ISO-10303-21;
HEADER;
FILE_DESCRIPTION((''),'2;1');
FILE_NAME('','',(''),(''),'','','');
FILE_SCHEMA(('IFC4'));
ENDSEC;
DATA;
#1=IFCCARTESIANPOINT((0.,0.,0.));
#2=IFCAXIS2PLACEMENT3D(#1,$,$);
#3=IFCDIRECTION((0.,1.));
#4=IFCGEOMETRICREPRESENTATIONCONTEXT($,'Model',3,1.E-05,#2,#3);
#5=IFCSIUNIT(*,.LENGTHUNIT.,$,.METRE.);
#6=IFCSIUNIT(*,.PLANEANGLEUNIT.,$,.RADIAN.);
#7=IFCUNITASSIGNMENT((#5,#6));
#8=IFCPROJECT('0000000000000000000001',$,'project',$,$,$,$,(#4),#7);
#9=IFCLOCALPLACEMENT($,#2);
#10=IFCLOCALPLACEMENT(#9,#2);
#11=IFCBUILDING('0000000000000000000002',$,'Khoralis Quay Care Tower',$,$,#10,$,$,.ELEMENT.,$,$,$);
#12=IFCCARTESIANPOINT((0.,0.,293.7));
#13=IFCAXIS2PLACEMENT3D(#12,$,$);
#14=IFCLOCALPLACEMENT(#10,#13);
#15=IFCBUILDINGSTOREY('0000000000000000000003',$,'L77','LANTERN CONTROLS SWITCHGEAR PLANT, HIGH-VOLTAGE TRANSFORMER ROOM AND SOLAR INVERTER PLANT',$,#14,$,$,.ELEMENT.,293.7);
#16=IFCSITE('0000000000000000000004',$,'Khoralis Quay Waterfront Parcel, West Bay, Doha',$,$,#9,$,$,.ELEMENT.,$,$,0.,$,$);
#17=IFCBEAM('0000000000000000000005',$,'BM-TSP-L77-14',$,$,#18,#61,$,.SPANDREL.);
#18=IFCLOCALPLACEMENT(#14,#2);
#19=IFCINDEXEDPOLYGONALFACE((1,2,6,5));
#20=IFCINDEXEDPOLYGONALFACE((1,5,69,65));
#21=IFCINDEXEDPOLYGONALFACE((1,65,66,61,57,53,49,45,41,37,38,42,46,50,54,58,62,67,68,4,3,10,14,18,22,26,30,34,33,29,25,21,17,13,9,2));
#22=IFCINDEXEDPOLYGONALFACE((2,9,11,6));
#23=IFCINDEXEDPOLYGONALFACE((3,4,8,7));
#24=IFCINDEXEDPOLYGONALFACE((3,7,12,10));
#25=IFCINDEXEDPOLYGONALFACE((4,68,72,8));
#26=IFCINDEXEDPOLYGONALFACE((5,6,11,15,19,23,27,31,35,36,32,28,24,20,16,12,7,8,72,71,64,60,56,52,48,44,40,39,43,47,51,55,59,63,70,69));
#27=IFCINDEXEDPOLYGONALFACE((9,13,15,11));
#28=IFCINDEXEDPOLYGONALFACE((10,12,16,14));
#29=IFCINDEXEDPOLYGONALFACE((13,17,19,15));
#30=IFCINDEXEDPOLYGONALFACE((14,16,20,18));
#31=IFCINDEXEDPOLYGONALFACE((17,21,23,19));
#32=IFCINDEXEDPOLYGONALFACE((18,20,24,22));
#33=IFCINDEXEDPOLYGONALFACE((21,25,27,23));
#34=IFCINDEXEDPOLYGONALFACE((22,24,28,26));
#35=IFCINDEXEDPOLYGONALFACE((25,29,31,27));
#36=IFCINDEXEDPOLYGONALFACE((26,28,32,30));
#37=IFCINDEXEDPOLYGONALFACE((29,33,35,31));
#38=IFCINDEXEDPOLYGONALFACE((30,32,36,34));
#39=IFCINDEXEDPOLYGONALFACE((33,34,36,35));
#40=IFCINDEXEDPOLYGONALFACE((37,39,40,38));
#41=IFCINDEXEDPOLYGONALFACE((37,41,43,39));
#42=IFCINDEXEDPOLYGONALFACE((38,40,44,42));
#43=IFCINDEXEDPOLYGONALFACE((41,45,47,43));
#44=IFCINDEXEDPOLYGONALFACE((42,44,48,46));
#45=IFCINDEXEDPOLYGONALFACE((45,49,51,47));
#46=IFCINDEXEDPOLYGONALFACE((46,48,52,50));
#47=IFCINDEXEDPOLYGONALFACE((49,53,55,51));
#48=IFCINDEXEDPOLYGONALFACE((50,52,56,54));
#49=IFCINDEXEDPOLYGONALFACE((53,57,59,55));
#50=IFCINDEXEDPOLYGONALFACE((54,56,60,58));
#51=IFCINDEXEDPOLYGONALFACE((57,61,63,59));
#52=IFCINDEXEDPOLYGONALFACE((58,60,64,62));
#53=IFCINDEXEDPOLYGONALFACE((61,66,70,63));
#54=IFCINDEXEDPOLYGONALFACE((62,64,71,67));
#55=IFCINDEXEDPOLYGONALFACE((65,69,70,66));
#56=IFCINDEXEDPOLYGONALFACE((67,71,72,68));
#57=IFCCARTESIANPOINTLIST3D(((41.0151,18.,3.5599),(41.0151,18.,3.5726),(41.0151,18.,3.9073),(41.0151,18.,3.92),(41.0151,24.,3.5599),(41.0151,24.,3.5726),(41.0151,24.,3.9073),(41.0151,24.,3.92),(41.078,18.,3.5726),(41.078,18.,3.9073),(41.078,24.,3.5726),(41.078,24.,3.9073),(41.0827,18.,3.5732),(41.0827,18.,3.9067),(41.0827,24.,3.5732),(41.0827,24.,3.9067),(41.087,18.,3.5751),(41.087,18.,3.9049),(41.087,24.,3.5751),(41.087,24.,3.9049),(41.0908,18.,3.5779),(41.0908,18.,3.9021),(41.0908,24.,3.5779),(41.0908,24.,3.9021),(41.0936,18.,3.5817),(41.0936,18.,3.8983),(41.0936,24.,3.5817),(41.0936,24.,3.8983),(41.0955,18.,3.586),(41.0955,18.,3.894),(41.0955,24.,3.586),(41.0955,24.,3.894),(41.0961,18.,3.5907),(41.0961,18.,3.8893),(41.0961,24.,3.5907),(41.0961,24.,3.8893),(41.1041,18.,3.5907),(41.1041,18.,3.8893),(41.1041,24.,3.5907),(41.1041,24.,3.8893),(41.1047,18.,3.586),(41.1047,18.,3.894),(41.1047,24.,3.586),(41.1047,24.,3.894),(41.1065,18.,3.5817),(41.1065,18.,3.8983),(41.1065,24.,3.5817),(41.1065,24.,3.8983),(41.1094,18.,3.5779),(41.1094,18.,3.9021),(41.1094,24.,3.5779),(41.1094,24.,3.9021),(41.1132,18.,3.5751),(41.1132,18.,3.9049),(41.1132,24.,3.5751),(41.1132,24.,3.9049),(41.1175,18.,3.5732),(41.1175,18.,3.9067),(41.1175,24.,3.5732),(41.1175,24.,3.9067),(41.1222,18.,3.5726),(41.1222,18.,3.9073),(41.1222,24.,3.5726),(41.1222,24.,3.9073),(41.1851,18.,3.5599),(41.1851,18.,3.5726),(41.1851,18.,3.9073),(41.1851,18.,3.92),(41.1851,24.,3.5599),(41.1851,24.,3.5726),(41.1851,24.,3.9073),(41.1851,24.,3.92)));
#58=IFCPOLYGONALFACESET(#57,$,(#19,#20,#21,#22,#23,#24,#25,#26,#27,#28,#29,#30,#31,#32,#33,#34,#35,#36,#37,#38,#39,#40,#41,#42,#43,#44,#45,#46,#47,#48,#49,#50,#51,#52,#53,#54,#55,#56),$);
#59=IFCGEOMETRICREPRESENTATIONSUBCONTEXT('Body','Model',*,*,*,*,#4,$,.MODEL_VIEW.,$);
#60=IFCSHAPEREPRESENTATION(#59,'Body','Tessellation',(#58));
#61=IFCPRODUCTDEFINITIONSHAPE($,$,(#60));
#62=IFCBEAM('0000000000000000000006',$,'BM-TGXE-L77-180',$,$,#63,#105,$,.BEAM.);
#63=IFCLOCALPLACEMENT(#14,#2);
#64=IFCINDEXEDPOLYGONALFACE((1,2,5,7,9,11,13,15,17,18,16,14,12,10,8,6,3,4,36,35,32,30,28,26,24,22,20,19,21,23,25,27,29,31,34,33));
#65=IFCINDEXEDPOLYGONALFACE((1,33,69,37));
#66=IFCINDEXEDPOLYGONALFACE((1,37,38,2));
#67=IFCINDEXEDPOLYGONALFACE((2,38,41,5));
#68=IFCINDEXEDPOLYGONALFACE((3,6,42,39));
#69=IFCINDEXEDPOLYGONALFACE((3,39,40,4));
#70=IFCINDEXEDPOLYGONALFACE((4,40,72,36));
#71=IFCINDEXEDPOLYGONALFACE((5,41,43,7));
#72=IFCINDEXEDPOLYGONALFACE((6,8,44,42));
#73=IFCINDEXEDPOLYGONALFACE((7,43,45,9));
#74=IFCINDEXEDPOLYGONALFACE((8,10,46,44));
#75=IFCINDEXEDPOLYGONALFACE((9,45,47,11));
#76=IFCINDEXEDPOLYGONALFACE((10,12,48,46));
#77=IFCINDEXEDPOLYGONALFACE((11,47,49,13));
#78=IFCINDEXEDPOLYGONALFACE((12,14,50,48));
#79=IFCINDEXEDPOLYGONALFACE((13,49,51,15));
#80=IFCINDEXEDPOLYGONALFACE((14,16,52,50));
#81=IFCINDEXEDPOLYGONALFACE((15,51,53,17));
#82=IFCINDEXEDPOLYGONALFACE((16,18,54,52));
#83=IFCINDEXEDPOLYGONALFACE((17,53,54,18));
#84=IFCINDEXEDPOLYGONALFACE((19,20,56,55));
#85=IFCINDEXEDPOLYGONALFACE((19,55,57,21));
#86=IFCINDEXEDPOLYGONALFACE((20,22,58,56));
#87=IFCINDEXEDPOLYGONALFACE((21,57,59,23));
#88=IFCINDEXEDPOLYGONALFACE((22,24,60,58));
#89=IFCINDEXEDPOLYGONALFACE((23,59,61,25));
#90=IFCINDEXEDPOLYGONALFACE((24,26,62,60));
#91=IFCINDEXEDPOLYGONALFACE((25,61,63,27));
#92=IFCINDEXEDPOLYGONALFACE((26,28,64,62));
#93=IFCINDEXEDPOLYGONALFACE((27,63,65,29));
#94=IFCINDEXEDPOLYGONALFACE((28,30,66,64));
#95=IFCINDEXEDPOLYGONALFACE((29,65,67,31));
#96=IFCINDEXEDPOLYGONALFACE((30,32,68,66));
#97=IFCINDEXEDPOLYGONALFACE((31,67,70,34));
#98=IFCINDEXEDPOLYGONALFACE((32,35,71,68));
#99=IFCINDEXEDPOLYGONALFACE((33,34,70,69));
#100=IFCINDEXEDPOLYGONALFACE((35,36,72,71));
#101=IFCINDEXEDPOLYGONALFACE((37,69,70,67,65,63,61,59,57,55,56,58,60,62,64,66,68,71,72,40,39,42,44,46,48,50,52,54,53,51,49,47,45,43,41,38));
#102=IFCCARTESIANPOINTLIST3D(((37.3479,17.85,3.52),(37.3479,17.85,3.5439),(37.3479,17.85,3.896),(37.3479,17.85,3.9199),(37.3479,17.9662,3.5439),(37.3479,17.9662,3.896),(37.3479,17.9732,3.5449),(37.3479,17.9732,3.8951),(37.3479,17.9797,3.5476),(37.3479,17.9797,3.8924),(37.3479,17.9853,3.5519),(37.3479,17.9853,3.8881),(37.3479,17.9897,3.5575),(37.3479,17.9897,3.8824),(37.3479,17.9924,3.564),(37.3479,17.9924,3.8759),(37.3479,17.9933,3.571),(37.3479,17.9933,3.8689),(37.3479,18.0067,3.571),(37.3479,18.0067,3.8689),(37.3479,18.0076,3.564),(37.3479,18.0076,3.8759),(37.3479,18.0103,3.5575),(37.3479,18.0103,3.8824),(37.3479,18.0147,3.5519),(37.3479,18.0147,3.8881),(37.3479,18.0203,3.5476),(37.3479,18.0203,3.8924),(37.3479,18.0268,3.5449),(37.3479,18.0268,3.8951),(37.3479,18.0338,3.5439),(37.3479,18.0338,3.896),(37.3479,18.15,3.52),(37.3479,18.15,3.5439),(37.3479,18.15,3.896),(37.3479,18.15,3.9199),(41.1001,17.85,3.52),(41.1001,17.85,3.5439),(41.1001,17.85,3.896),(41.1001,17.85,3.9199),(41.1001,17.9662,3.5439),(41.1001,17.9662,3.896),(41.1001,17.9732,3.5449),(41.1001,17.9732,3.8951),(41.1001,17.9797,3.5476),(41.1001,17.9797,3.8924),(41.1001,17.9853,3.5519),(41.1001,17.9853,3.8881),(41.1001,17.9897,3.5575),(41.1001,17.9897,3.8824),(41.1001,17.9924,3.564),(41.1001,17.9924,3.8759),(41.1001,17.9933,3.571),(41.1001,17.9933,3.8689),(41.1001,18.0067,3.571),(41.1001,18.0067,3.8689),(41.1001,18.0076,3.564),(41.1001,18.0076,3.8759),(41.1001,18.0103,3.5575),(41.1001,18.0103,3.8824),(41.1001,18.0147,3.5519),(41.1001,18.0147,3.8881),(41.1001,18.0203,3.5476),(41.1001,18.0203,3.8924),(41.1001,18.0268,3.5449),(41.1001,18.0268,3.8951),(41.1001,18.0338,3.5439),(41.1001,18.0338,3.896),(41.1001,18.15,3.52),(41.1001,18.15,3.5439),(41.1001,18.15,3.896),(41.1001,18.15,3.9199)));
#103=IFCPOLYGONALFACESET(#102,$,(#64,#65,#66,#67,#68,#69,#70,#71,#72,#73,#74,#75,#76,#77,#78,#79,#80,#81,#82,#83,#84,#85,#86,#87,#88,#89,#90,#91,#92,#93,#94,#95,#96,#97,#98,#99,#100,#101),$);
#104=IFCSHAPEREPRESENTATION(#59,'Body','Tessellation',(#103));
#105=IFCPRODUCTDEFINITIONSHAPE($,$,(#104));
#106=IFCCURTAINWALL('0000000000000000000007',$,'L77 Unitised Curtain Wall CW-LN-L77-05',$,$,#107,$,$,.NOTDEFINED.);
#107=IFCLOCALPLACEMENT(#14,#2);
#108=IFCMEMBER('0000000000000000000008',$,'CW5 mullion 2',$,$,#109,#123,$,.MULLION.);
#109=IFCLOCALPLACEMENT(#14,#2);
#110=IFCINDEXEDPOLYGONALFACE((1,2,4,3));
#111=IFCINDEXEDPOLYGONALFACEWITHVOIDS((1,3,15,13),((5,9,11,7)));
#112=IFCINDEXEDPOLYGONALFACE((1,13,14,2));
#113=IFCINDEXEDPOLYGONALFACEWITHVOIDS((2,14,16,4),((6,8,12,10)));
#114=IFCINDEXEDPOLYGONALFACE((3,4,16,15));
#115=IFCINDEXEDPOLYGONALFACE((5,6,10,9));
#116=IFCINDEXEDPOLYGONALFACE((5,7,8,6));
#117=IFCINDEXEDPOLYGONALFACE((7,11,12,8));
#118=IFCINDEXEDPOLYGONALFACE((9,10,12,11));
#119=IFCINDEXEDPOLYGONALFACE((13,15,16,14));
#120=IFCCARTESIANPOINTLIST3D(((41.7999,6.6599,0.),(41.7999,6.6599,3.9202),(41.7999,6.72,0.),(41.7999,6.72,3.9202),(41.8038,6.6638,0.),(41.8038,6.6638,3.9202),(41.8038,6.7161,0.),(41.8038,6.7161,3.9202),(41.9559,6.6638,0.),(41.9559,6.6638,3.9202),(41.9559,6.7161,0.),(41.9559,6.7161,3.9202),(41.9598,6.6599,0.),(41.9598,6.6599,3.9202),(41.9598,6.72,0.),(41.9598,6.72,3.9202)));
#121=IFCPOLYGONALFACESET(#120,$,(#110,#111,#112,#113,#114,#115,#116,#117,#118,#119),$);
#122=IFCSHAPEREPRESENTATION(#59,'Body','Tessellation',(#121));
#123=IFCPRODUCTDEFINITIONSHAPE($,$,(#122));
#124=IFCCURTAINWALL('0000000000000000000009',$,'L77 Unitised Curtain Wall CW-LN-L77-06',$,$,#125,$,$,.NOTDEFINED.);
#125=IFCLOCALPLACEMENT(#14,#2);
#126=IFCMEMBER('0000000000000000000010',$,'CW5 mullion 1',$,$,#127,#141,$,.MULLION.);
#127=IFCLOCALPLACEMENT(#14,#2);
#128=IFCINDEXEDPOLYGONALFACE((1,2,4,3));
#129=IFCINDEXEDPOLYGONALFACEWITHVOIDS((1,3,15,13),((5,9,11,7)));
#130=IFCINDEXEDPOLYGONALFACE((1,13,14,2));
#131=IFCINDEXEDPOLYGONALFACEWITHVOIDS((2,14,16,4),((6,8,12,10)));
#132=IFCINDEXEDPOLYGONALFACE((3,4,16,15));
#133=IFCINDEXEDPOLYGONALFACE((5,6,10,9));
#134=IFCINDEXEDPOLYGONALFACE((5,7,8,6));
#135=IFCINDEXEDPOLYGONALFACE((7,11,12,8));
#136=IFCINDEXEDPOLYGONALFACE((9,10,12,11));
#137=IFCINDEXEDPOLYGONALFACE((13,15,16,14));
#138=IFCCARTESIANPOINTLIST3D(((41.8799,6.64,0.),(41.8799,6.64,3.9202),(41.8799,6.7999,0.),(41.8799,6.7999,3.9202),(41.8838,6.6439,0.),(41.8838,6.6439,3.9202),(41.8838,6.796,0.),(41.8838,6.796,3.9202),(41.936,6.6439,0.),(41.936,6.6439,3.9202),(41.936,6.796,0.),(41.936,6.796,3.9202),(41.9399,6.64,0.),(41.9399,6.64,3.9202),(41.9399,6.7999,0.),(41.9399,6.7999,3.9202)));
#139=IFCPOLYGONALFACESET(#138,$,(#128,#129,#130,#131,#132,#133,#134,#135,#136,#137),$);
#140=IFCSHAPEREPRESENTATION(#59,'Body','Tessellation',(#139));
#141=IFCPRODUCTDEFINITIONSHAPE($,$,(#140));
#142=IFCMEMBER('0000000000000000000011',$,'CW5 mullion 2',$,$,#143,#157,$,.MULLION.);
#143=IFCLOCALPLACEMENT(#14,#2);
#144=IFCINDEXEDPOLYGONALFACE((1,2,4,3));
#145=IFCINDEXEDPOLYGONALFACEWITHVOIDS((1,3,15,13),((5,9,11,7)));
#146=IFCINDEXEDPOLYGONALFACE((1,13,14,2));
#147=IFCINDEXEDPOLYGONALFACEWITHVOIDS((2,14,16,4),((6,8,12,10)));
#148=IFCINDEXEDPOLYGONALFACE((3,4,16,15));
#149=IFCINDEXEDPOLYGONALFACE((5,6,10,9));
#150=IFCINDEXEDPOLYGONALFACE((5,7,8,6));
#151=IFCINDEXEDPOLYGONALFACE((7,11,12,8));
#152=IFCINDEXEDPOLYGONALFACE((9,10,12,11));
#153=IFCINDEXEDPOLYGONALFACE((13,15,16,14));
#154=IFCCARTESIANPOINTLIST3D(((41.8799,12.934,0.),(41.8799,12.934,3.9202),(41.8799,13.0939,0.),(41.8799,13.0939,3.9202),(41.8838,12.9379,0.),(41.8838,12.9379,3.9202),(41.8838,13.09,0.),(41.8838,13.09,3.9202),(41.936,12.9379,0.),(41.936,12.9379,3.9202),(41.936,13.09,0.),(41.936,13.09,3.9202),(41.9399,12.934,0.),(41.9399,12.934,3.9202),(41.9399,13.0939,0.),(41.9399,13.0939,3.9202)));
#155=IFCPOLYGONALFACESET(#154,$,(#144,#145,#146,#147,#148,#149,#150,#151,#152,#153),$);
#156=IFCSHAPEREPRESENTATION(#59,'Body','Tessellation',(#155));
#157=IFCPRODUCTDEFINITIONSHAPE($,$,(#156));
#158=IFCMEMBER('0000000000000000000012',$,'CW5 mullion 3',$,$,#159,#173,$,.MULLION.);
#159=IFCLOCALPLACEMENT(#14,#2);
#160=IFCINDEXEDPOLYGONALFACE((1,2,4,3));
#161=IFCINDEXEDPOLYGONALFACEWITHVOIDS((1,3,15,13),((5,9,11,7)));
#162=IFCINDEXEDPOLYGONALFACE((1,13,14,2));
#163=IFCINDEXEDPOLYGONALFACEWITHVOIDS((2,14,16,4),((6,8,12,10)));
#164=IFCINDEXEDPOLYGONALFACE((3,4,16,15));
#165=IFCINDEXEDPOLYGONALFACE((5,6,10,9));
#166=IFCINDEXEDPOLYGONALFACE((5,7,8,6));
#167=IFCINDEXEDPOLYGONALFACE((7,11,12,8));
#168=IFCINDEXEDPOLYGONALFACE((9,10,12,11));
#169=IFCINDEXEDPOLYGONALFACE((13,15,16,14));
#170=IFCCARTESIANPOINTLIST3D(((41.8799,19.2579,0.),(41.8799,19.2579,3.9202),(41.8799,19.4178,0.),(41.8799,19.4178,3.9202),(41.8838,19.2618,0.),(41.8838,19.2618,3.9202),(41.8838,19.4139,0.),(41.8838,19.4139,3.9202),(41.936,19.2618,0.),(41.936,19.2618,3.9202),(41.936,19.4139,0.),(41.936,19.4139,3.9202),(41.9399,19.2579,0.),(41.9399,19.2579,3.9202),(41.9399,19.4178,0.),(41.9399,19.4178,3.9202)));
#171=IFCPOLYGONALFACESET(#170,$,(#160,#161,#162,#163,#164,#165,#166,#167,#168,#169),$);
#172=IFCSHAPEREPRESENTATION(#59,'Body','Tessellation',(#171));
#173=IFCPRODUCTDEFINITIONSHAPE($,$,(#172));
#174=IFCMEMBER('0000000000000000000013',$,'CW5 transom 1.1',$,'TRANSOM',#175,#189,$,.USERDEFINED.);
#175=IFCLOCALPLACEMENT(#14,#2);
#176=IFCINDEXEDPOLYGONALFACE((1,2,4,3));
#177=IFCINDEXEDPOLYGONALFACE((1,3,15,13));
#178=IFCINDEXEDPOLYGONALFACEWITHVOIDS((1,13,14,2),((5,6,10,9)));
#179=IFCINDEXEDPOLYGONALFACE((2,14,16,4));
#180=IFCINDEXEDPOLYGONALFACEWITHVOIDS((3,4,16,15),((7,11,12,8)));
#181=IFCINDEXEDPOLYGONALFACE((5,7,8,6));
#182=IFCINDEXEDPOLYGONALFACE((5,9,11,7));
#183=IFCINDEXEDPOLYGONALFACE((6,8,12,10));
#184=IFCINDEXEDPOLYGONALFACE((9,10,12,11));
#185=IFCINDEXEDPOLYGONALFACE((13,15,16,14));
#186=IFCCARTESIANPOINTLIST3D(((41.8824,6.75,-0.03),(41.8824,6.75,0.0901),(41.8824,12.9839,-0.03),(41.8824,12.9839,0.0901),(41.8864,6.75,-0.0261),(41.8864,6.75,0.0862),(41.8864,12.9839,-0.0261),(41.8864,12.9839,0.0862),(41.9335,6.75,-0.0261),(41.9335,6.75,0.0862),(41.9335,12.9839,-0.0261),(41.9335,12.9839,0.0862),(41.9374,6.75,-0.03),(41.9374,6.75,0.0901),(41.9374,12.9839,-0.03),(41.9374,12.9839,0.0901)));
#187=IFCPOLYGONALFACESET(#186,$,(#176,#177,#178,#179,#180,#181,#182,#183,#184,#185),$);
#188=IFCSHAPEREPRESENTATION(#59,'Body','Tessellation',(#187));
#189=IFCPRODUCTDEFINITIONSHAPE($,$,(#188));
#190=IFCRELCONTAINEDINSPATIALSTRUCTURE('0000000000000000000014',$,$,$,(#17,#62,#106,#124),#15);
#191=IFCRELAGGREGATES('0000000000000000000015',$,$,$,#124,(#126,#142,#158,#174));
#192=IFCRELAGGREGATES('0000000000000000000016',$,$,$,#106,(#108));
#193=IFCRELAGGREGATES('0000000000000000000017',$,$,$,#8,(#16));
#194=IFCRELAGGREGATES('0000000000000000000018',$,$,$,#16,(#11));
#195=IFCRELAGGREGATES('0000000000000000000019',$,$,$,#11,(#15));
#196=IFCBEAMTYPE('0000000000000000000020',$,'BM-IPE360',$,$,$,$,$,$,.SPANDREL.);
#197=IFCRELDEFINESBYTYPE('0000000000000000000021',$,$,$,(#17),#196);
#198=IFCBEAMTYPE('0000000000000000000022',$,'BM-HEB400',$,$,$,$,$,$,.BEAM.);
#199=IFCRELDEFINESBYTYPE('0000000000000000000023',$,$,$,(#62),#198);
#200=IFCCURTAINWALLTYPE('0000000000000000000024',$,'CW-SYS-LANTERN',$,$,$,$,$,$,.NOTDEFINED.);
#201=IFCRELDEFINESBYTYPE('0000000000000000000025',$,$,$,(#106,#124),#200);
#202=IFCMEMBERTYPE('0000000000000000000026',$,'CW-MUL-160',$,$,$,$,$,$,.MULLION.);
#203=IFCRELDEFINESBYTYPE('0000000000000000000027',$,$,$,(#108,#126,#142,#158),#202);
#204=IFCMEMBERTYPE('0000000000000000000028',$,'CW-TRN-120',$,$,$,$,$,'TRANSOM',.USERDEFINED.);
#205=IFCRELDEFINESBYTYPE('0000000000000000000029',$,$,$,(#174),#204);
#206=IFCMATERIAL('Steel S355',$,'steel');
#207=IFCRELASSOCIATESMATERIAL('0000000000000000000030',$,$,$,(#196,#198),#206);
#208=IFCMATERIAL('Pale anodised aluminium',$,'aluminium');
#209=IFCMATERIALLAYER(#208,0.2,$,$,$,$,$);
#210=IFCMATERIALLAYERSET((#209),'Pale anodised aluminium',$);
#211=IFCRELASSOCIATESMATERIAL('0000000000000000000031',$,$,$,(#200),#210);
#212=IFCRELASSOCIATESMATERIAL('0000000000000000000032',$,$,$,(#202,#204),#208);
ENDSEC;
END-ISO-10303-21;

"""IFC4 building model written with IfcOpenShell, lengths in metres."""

from ifc_helpers import new_model, si_unit, direction, frame, origin, origin_2d, place, context, subcontext, project, spatial, hollow_rectangle, i_section, extrude, source, transform, mapped, material, layer, layer_set, material_profile, profile_set, type_object, element, aggregate, save


model = new_model("IFC4")

# Units and contexts
model_context = context("Model", 3, precision=1e-05, world=origin(), true_north=direction((0.0, 1.0)))
body_context = subcontext(model_context, "Body", "Model", "MODEL_VIEW")
ifc_project = project(units=[si_unit("LENGTHUNIT", "METRE"), si_unit("PLANEANGLEUNIT", "RADIAN")], contexts=[model_context])

# Site, building, storey
site_placement = place(None, origin())
site = spatial("IfcSite", under=ifc_project, at=site_placement, Name="Khoralis Quay Waterfront Parcel, West Bay, Doha", CompositionType="ELEMENT", RefElevation=0.0)
building_placement = place(site_placement, origin())
building = spatial("IfcBuilding", under=site, at=building_placement, Name="Khoralis Quay Care Tower", CompositionType="ELEMENT")
storey_placement = place(building_placement, frame((0.0, 0.0, 293.7)))
storey = spatial("IfcBuildingStorey", under=building, at=storey_placement, Name="L77", Description="LANTERN CONTROLS SWITCHGEAR PLANT, HIGH-VOLTAGE TRANSFORMER ROOM AND SOLAR INVERTER PLANT", CompositionType="ELEMENT", Elevation=293.7)

# Beams
ifc_material_1 = material(Name="Steel S355", Category="steel")
ifc_material_profile_1 = material_profile(ifc_material_1, i_section(OverallWidth=0.1699, OverallDepth=0.3601, WebThickness=0.0081, FlangeThickness=0.0127, FilletRadius=0.0181, at=origin_2d()), Name="Steel S355")
ifc_profile_set_1 = profile_set([ifc_material_profile_1], Name="Steel S355")
beam_type_1 = type_object("IfcBeamType", Name="BM-IPE360", PredefinedType="SPANDREL", material=ifc_profile_set_1)
shared_shape_1 = source(origin(), body_context, "Body", "SweptSolid", [
    extrude(i_section(OverallWidth=0.1699, OverallDepth=0.3601, WebThickness=0.0081, FlangeThickness=0.0127, FilletRadius=0.0181, at=origin_2d()), origin(), (0.0, 0.0, 1.0), 6.0),
])
for number, where, z_axis, x_axis, name in (
    (1, (41.1001, 18.0, 3.74), (0.0, 1.0, 0.0), (-1.0, 0.0, 0.0), "BM-TSP-L77-14"),
):
    element("IfcBeam", number, at=place(storey_placement, frame(where, z_axis=z_axis, x_axis=x_axis)), inside=storey, type_object=beam_type_1, Name=name, PredefinedType="SPANDREL", context=body_context, shape_type="MappedRepresentation", body=[
        mapped(shared_shape_1, transform((0.0, 0.0, 0.0), scale=1.0)),
    ])
ifc_material_profile_2 = material_profile(ifc_material_1, i_section(OverallWidth=0.3, OverallDepth=0.3999, WebThickness=0.0134, FlangeThickness=0.0239, FilletRadius=0.0271, at=origin_2d()), Name="Steel S355")
ifc_profile_set_2 = profile_set([ifc_material_profile_2], Name="Steel S355")
beam_type_2 = type_object("IfcBeamType", Name="BM-HEB400", PredefinedType="BEAM", material=ifc_profile_set_2)
shared_shape_2 = source(origin(), body_context, "Body", "SweptSolid", [
    extrude(i_section(OverallWidth=0.3, OverallDepth=0.3999, WebThickness=0.0134, FlangeThickness=0.0239, FilletRadius=0.0271, at=origin_2d()), origin(), (0.0, 0.0, 1.0), 3.7522),
])
beam_placement = place(storey_placement, frame((37.3479, 18.0, 3.72), z_axis=(1.0, 0.0, 0.0), x_axis=(0.0, 1.0, 0.0)))
element("IfcBeam", 2, at=beam_placement, inside=storey, type_object=beam_type_2, Name="BM-TGXE-L77-180", PredefinedType="BEAM", context=body_context, shape_type="MappedRepresentation", body=[
    mapped(shared_shape_2, transform((0.0, 0.0, 0.0), scale=1.0)),
])

# Curtain wall, member
ifc_material_2 = material(Name="Pale anodised aluminium", Category="aluminium")
ifc_layer_1 = layer(ifc_material_2, 0.2)
ifc_layer_set_1 = layer_set([ifc_layer_1], Name="Pale anodised aluminium")
curtain_wall_type = type_object("IfcCurtainWallType", Name="CW-SYS-LANTERN", PredefinedType="NOTDEFINED", material=ifc_layer_set_1)
curtain_wall_1_placement = place(storey_placement, origin())
curtain_wall_1 = element("IfcCurtainWall", 3, at=curtain_wall_1_placement, inside=storey, type_object=curtain_wall_type, Name="L77 Unitised Curtain Wall CW-LN-L77-05", PredefinedType="NOTDEFINED")
ifc_material_profile_3 = material_profile(ifc_material_2, hollow_rectangle(XDim=0.0601, YDim=0.1599, WallThickness=0.0039, at=origin_2d()), Name="Pale anodised aluminium")
ifc_profile_set_3 = profile_set([ifc_material_profile_3], Name="Pale anodised aluminium")
member_type_1 = type_object("IfcMemberType", Name="CW-MUL-160", PredefinedType="MULLION", material=ifc_profile_set_3)
shared_shape_3 = source(origin(), body_context, "Body", "SweptSolid", [
    extrude(hollow_rectangle(XDim=0.0601, YDim=0.1599, WallThickness=0.0039, at=origin_2d()), origin(), (0.0, 0.0, 1.0), 3.9202),
])
member_1_placement = place(storey_placement, frame((41.8799, 6.6899, 0.0), z_axis=(0.0, 0.0, 1.0), x_axis=(0.0, 1.0, 0.0)))
member_1 = element("IfcMember", 4, at=member_1_placement, type_object=member_type_1, Name="CW5 mullion 2", PredefinedType="MULLION", context=body_context, shape_type="MappedRepresentation", body=[
    mapped(shared_shape_3, transform((0.0, 0.0, 0.0), scale=1.0)),
])

# Curtain wall, members
curtain_wall_2_placement = place(storey_placement, origin())
curtain_wall_2 = element("IfcCurtainWall", 5, at=curtain_wall_2_placement, inside=storey, type_object=curtain_wall_type, Name="L77 Unitised Curtain Wall CW-LN-L77-06", PredefinedType="NOTDEFINED")
member_2_placement = place(storey_placement, frame((41.9099, 6.72, 0.0), z_axis=(0.0, 0.0, 1.0), x_axis=(-1.0, 0.0, 0.0)))
member_2 = element("IfcMember", 6, at=member_2_placement, type_object=member_type_1, Name="CW5 mullion 1", PredefinedType="MULLION", context=body_context, shape_type="MappedRepresentation", body=[
    mapped(shared_shape_3, transform((0.0, 0.0, 0.0), scale=1.0)),
])
member_3_placement = place(storey_placement, frame((41.9099, 13.0139, 0.0), z_axis=(0.0, 0.0, 1.0), x_axis=(-1.0, 0.0, 0.0)))
member_3 = element("IfcMember", 7, at=member_3_placement, type_object=member_type_1, Name="CW5 mullion 2", PredefinedType="MULLION", context=body_context, shape_type="MappedRepresentation", body=[
    mapped(shared_shape_3, transform((0.0, 0.0, 0.0), scale=1.0)),
])
member_4_placement = place(storey_placement, frame((41.9099, 19.3379, 0.0), z_axis=(0.0, 0.0, 1.0), x_axis=(-1.0, 0.0, 0.0)))
member_4 = element("IfcMember", 8, at=member_4_placement, type_object=member_type_1, Name="CW5 mullion 3", PredefinedType="MULLION", context=body_context, shape_type="MappedRepresentation", body=[
    mapped(shared_shape_3, transform((0.0, 0.0, 0.0), scale=1.0)),
])
ifc_material_profile_4 = material_profile(ifc_material_2, hollow_rectangle(XDim=0.0549, YDim=0.1201, WallThickness=0.0039, at=origin_2d()), Name="Pale anodised aluminium")
ifc_profile_set_4 = profile_set([ifc_material_profile_4], Name="Pale anodised aluminium")
member_type_2 = type_object("IfcMemberType", Name="CW-TRN-120", ElementType="TRANSOM", PredefinedType="USERDEFINED", material=ifc_profile_set_4)
shared_shape_4 = source(origin(), body_context, "Body", "SweptSolid", [
    extrude(hollow_rectangle(XDim=0.0549, YDim=0.1201, WallThickness=0.0039, at=origin_2d()), origin(), (0.0, 0.0, 1.0), 6.2339),
])
member_5_placement = place(storey_placement, frame((41.9099, 6.75, 0.03), z_axis=(0.0, 1.0, 0.0), x_axis=(-1.0, 0.0, 0.0)))
member_5 = element("IfcMember", 9, at=member_5_placement, type_object=member_type_2, Name="CW5 transom 1.1", ObjectType="TRANSOM", PredefinedType="USERDEFINED", context=body_context, shape_type="MappedRepresentation", body=[
    mapped(shared_shape_4, transform((0.0, 0.0, 0.0), scale=1.0)),
])

aggregate(curtain_wall_2, [member_2, member_3, member_4, member_5])
aggregate(curtain_wall_1, [member_1])

save(model, "model.ifc")
